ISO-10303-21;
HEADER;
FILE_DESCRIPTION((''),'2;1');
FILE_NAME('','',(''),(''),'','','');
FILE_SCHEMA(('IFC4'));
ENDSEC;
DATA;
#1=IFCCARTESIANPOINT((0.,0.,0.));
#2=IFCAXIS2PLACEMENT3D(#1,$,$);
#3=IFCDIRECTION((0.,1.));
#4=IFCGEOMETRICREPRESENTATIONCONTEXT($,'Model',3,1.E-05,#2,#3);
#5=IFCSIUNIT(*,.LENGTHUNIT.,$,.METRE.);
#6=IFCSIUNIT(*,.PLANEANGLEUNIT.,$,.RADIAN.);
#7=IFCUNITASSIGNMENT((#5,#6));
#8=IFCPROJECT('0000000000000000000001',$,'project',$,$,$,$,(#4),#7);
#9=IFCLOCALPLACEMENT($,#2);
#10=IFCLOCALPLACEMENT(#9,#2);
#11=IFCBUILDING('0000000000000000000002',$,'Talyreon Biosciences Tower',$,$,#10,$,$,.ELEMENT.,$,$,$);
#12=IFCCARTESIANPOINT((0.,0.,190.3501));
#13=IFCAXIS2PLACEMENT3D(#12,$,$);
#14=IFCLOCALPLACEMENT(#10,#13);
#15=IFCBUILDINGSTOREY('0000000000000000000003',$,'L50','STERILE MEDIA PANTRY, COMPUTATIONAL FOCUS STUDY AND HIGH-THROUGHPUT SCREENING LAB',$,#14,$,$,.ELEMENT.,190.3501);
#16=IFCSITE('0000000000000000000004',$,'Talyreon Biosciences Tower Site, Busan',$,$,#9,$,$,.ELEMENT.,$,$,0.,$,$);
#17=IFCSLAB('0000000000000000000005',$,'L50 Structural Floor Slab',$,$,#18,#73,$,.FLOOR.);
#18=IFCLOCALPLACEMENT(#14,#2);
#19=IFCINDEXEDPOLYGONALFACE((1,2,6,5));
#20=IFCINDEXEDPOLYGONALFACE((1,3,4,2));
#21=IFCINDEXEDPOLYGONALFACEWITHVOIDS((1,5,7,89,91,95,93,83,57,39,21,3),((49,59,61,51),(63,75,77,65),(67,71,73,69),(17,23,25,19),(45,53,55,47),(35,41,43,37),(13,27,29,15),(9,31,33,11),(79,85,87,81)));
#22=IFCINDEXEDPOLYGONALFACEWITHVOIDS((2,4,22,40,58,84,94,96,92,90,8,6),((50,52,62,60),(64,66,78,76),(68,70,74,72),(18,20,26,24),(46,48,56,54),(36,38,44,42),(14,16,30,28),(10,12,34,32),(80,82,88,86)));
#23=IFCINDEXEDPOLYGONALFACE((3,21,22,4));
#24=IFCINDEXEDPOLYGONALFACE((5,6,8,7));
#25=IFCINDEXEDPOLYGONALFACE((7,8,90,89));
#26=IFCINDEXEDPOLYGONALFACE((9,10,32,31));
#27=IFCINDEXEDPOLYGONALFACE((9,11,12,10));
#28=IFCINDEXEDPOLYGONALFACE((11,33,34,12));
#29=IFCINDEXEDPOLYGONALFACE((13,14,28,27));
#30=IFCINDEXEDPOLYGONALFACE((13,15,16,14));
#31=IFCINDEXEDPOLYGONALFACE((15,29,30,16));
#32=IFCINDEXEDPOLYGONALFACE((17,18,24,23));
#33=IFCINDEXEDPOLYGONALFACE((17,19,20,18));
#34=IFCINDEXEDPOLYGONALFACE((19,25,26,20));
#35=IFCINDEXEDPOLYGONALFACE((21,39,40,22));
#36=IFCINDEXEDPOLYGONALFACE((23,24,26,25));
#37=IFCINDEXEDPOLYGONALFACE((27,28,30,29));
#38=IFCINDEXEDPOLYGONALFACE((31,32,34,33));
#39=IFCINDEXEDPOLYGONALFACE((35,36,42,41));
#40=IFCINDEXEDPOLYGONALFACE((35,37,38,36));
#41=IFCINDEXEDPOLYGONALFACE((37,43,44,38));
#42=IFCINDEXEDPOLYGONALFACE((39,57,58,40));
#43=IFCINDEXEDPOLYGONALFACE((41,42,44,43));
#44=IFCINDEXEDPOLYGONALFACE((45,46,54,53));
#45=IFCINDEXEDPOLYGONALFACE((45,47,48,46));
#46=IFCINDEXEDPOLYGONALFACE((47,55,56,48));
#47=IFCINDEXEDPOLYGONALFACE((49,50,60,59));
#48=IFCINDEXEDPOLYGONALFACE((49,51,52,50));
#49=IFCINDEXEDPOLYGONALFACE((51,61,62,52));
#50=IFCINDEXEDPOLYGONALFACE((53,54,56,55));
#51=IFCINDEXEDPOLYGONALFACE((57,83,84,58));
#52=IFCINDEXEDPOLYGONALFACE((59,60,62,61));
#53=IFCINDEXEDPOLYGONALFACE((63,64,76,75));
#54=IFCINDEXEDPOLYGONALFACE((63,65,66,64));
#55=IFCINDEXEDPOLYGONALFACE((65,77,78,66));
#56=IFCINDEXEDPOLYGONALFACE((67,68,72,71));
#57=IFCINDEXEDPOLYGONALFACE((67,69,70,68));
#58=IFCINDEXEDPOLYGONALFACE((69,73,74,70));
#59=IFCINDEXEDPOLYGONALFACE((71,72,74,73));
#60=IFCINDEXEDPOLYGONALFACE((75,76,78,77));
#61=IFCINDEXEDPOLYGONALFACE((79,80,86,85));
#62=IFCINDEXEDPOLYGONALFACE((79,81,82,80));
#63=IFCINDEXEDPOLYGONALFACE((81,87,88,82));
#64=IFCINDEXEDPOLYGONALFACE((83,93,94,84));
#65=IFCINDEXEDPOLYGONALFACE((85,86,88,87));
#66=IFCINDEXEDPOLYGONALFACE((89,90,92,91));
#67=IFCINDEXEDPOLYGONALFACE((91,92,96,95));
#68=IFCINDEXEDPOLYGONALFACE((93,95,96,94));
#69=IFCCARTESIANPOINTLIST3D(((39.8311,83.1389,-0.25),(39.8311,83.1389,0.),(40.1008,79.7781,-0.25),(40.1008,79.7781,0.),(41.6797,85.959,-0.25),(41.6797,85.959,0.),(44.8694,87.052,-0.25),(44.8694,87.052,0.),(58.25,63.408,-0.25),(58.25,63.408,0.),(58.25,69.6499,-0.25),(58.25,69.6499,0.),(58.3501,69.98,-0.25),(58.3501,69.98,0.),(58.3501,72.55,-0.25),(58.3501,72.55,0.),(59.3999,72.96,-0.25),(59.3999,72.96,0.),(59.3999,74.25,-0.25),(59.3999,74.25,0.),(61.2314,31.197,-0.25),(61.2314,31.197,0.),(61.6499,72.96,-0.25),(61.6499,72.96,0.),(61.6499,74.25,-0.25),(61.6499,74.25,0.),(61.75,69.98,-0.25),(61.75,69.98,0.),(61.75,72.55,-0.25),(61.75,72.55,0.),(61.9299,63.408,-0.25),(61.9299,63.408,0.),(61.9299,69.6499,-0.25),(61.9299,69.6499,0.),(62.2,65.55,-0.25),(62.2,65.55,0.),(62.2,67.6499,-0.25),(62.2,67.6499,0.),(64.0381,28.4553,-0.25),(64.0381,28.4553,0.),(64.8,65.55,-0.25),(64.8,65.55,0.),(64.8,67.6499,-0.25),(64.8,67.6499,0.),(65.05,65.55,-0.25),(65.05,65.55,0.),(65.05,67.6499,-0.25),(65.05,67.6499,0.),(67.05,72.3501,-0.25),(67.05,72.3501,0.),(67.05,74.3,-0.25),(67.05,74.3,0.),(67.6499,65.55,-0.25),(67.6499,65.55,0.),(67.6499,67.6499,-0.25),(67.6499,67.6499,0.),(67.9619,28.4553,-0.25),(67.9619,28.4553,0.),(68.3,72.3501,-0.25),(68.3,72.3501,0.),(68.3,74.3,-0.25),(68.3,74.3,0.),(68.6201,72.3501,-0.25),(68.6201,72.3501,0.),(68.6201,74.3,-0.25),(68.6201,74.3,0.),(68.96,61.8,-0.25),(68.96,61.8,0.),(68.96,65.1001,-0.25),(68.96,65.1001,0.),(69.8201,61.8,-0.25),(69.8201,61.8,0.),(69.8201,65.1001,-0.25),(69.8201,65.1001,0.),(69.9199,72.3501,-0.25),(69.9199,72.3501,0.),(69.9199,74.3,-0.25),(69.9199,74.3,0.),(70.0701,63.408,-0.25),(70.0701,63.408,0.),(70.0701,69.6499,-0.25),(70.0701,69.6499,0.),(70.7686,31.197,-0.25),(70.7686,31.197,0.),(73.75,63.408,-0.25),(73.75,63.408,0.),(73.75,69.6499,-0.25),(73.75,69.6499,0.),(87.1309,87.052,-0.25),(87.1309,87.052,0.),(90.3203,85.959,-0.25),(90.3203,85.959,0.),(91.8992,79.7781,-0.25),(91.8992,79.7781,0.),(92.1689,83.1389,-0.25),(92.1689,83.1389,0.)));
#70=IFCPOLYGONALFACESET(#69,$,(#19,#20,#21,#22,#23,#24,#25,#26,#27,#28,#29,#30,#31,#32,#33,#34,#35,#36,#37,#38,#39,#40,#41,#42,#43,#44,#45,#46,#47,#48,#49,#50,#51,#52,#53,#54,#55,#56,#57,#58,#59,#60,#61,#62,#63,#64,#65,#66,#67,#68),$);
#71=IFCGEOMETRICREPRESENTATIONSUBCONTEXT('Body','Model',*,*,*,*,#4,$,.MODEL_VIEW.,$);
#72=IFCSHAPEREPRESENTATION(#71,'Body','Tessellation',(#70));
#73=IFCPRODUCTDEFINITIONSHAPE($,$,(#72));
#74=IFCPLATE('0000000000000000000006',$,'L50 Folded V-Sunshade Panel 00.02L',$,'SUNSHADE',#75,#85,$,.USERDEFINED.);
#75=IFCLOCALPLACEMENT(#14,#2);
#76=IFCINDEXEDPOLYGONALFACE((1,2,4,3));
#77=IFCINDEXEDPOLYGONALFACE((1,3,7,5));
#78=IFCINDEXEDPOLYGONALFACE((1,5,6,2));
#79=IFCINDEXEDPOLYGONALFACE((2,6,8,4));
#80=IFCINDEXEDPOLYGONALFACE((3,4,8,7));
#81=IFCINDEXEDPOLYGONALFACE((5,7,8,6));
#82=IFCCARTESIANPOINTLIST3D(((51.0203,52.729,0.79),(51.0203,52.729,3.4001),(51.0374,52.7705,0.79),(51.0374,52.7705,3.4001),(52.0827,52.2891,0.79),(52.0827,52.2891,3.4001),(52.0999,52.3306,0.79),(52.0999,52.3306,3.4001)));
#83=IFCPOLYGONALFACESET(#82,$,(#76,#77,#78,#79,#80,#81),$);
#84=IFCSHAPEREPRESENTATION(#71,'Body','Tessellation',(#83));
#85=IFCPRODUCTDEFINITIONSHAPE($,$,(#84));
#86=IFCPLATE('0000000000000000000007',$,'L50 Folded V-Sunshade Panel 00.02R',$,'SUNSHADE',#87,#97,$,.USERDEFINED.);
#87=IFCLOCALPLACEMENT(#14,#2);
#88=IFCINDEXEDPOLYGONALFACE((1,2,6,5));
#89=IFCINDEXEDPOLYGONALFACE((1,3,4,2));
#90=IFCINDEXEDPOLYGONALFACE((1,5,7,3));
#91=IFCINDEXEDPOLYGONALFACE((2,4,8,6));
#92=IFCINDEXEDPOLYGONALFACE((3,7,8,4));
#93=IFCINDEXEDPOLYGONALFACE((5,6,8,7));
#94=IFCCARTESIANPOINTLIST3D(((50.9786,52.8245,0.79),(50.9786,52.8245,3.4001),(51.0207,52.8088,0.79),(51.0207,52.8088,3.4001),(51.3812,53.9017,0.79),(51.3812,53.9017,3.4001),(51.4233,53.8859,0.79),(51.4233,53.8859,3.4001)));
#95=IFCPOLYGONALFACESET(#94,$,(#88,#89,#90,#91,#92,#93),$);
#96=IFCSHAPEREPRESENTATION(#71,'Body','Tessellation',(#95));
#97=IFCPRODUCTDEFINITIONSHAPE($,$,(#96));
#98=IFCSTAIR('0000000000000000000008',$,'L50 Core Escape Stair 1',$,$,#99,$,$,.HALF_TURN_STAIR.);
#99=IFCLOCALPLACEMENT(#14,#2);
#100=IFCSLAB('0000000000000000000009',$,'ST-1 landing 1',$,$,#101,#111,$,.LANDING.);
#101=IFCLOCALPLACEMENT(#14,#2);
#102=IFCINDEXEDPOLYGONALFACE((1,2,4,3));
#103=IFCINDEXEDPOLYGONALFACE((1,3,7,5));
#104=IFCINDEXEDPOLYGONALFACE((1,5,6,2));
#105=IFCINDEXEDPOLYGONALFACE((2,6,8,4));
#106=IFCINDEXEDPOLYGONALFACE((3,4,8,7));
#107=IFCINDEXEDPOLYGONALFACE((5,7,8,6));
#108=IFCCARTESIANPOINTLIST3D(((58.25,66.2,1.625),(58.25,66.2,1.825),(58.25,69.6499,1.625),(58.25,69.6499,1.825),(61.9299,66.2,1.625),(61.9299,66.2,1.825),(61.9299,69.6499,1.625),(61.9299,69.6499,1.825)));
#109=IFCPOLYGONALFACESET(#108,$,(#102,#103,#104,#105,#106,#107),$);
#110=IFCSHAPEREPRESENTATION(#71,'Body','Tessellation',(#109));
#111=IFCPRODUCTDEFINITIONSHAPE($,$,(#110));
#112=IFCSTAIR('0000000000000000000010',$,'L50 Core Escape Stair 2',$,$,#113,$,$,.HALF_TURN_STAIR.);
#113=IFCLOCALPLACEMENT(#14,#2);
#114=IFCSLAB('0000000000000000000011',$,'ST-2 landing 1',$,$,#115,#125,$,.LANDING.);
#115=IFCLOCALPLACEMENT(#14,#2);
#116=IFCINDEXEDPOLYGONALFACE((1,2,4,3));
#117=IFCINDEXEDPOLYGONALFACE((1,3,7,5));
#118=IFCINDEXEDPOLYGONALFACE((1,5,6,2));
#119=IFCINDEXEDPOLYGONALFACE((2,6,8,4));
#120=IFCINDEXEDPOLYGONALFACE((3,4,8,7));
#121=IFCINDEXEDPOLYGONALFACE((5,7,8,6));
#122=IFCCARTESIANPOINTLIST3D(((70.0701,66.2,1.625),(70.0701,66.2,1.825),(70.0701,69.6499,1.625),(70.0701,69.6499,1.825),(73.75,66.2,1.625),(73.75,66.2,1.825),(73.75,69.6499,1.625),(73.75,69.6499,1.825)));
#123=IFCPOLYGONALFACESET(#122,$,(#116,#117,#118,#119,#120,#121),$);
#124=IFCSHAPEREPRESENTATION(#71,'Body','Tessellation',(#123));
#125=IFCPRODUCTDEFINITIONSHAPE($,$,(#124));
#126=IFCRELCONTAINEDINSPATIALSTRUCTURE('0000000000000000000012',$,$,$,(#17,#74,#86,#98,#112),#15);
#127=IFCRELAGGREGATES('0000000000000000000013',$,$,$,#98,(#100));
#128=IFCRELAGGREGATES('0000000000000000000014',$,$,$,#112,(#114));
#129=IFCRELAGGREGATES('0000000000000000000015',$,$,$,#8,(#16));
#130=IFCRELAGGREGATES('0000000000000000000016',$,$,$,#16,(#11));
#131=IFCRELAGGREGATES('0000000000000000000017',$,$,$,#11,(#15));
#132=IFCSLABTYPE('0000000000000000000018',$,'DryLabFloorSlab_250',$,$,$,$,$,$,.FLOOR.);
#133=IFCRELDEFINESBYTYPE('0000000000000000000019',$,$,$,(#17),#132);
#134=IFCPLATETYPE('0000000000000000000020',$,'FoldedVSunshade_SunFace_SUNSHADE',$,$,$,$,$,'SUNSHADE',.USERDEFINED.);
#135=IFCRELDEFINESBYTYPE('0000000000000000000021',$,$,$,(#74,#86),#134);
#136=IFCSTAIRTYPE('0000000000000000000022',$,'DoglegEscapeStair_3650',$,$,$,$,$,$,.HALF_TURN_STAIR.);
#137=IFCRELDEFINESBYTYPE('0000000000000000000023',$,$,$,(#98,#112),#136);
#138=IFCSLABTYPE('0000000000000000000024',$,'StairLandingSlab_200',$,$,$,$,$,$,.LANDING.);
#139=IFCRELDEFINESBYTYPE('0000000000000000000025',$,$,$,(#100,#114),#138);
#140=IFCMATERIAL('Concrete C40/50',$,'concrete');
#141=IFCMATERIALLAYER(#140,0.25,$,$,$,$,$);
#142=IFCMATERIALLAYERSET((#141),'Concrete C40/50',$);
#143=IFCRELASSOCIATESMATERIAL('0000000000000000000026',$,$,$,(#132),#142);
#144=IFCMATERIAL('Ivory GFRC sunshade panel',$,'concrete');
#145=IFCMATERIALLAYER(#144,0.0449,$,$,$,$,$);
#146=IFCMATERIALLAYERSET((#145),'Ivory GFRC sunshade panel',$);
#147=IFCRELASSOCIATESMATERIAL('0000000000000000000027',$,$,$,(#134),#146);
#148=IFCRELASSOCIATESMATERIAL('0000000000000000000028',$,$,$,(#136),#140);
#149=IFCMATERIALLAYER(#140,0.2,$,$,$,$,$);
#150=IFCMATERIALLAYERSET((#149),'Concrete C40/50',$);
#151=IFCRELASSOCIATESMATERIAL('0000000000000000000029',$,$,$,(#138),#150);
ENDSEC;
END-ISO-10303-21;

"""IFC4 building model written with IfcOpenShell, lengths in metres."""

from ifc_helpers import new_model, si_unit, direction, frame, origin, origin_2d, place, context, subcontext, project, spatial, polyline, rectangle, outline, extrude, material, layer, layer_set, type_object, element, aggregate, save


model = new_model("IFC4")

# Units and contexts
model_context = context("Model", 3, precision=1e-05, world=origin(), true_north=direction((0.0, 1.0)))
body_context = subcontext(model_context, "Body", "Model", "MODEL_VIEW")
ifc_project = project(units=[si_unit("LENGTHUNIT", "METRE"), si_unit("PLANEANGLEUNIT", "RADIAN")], contexts=[model_context])

# Site, building, storey
site_placement = place(None, origin())
site = spatial("IfcSite", under=ifc_project, at=site_placement, Name="Talyreon Biosciences Tower Site, Busan", CompositionType="ELEMENT", RefElevation=0.0)
building_placement = place(site_placement, origin())
building = spatial("IfcBuilding", under=site, at=building_placement, Name="Talyreon Biosciences Tower", CompositionType="ELEMENT")
storey_placement = place(building_placement, frame((0.0, 0.0, 190.3501)))
storey = spatial("IfcBuildingStorey", under=building, at=storey_placement, Name="L50", Description="STERILE MEDIA PANTRY, COMPUTATIONAL FOCUS STUDY AND HIGH-THROUGHPUT SCREENING LAB", CompositionType="ELEMENT", Elevation=190.3501)

# Slab
ifc_material_1 = material(Name="Concrete C40/50", Category="concrete")
ifc_layer_1 = layer(ifc_material_1, 0.25)
ifc_layer_set_1 = layer_set([ifc_layer_1], Name="Concrete C40/50")
slab_type_1 = type_object("IfcSlabType", Name="DryLabFloorSlab_250", PredefinedType="FLOOR", material=ifc_layer_set_1)
slab_1_placement = place(storey_placement, frame((0.0, 0.0, -0.25)))
element("IfcSlab", 1, at=slab_1_placement, inside=storey, type_object=slab_type_1, Name="L50 Structural Floor Slab", PredefinedType="FLOOR", context=body_context, shape_type="SweptSolid", body=[
    extrude(outline(polyline([(61.2314, 31.197), (40.1008, 79.7781), (39.8311, 83.1389), (41.6797, 85.959), (44.8694, 87.052), (87.1309, 87.052), (90.3203, 85.959), (92.1689, 83.1389), (91.8992, 79.7781), (70.7686, 31.197), (67.9619, 28.4553), (64.0381, 28.4553), (61.2314, 31.197)]), holes=[polyline([(69.8201, 65.1001), (69.8201, 61.8), (68.96, 61.8), (68.96, 65.1001), (69.8201, 65.1001)]), polyline([(61.9299, 69.6499), (61.9299, 63.408), (58.25, 63.408), (58.25, 69.6499), (61.9299, 69.6499)]), polyline([(73.75, 69.6499), (73.75, 63.408), (70.0701, 63.408), (70.0701, 69.6499), (73.75, 69.6499)]), polyline([(64.8, 67.6499), (64.8, 65.55), (62.2, 65.55), (62.2, 67.6499), (64.8, 67.6499)]), polyline([(67.6499, 67.6499), (67.6499, 65.55), (65.05, 65.55), (65.05, 67.6499), (67.6499, 67.6499)]), polyline([(61.75, 72.55), (61.75, 69.98), (58.3501, 69.98), (58.3501, 72.55), (61.75, 72.55)]), polyline([(68.3, 74.3), (68.3, 72.3501), (67.05, 72.3501), (67.05, 74.3), (68.3, 74.3)]), polyline([(69.9199, 72.3501), (68.6201, 72.3501), (68.6201, 74.3), (69.9199, 74.3), (69.9199, 72.3501)]), polyline([(61.6499, 72.96), (59.3999, 72.96), (59.3999, 74.25), (61.6499, 74.25), (61.6499, 72.96)])]), origin(), (0.0, 0.0, 1.0), 0.25),
])

# Plates
ifc_material_2 = material(Name="Ivory GFRC sunshade panel", Category="concrete")
ifc_layer_2 = layer(ifc_material_2, 0.0449)
ifc_layer_set_2 = layer_set([ifc_layer_2], Name="Ivory GFRC sunshade panel")
plate_type_1 = type_object("IfcPlateType", Name="FoldedVSunshade_SunFace_SUNSHADE", ElementType="SUNSHADE", PredefinedType="USERDEFINED", material=ifc_layer_set_2)
for number, where, z_axis, x_axis, name in (
    (2, (51.5601, 52.5298, 0.79), (0.0, 0.0, 1.0), (-0.923926, 0.382571, 0.0), "L50 Folded V-Sunshade Panel 00.02L"),
    (3, (51.2009, 53.3552, 0.79), (0.0, 0.0, 1.0), (0.350093, 0.936715, 0.0), "L50 Folded V-Sunshade Panel 00.02R"),
):
    element("IfcPlate", number, at=place(storey_placement, frame(where, z_axis=z_axis, x_axis=x_axis)), inside=storey, type_object=plate_type_1, Name=name, ObjectType="SUNSHADE", PredefinedType="USERDEFINED", context=body_context, shape_type="SweptSolid", body=[
        extrude(rectangle(XDim=1.1499, YDim=0.0449, at=origin_2d()), origin(), (0.0, 0.0, 1.0), 2.6101),
    ])

# Stairs, slabs
stair_type = type_object("IfcStairType", Name="DoglegEscapeStair_3650", PredefinedType="HALF_TURN_STAIR", material=ifc_material_1)
stair_1_placement = place(storey_placement, origin())
stair_1 = element("IfcStair", 4, at=stair_1_placement, inside=storey, type_object=stair_type, Name="L50 Core Escape Stair 1", PredefinedType="HALF_TURN_STAIR")
ifc_layer_3 = layer(ifc_material_1, 0.2)
ifc_layer_set_3 = layer_set([ifc_layer_3], Name="Concrete C40/50")
slab_type_2 = type_object("IfcSlabType", Name="StairLandingSlab_200", PredefinedType="LANDING", material=ifc_layer_set_3)
slab_2_placement = place(storey_placement, frame((0.0, 0.0, 1.625)))
slab_2 = element("IfcSlab", 5, at=slab_2_placement, type_object=slab_type_2, Name="ST-1 landing 1", PredefinedType="LANDING", context=body_context, shape_type="SweptSolid", body=[
    extrude(outline(polyline([(61.9299, 66.2), (61.9299, 69.6499), (58.25, 69.6499), (58.25, 66.2), (61.9299, 66.2)])), origin(), (0.0, 0.0, 1.0), 0.2),
])
aggregate(stair_1, [slab_2])
stair_2_placement = place(storey_placement, origin())
stair_2 = element("IfcStair", 6, at=stair_2_placement, inside=storey, type_object=stair_type, Name="L50 Core Escape Stair 2", PredefinedType="HALF_TURN_STAIR")
slab_3_placement = place(storey_placement, frame((0.0, 0.0, 1.625)))
slab_3 = element("IfcSlab", 7, at=slab_3_placement, type_object=slab_type_2, Name="ST-2 landing 1", PredefinedType="LANDING", context=body_context, shape_type="SweptSolid", body=[
    extrude(outline(polyline([(73.75, 66.2), (73.75, 69.6499), (70.0701, 69.6499), (70.0701, 66.2), (73.75, 66.2)])), origin(), (0.0, 0.0, 1.0), 0.2),
])
aggregate(stair_2, [slab_3])

save(model, "model.ifc")
